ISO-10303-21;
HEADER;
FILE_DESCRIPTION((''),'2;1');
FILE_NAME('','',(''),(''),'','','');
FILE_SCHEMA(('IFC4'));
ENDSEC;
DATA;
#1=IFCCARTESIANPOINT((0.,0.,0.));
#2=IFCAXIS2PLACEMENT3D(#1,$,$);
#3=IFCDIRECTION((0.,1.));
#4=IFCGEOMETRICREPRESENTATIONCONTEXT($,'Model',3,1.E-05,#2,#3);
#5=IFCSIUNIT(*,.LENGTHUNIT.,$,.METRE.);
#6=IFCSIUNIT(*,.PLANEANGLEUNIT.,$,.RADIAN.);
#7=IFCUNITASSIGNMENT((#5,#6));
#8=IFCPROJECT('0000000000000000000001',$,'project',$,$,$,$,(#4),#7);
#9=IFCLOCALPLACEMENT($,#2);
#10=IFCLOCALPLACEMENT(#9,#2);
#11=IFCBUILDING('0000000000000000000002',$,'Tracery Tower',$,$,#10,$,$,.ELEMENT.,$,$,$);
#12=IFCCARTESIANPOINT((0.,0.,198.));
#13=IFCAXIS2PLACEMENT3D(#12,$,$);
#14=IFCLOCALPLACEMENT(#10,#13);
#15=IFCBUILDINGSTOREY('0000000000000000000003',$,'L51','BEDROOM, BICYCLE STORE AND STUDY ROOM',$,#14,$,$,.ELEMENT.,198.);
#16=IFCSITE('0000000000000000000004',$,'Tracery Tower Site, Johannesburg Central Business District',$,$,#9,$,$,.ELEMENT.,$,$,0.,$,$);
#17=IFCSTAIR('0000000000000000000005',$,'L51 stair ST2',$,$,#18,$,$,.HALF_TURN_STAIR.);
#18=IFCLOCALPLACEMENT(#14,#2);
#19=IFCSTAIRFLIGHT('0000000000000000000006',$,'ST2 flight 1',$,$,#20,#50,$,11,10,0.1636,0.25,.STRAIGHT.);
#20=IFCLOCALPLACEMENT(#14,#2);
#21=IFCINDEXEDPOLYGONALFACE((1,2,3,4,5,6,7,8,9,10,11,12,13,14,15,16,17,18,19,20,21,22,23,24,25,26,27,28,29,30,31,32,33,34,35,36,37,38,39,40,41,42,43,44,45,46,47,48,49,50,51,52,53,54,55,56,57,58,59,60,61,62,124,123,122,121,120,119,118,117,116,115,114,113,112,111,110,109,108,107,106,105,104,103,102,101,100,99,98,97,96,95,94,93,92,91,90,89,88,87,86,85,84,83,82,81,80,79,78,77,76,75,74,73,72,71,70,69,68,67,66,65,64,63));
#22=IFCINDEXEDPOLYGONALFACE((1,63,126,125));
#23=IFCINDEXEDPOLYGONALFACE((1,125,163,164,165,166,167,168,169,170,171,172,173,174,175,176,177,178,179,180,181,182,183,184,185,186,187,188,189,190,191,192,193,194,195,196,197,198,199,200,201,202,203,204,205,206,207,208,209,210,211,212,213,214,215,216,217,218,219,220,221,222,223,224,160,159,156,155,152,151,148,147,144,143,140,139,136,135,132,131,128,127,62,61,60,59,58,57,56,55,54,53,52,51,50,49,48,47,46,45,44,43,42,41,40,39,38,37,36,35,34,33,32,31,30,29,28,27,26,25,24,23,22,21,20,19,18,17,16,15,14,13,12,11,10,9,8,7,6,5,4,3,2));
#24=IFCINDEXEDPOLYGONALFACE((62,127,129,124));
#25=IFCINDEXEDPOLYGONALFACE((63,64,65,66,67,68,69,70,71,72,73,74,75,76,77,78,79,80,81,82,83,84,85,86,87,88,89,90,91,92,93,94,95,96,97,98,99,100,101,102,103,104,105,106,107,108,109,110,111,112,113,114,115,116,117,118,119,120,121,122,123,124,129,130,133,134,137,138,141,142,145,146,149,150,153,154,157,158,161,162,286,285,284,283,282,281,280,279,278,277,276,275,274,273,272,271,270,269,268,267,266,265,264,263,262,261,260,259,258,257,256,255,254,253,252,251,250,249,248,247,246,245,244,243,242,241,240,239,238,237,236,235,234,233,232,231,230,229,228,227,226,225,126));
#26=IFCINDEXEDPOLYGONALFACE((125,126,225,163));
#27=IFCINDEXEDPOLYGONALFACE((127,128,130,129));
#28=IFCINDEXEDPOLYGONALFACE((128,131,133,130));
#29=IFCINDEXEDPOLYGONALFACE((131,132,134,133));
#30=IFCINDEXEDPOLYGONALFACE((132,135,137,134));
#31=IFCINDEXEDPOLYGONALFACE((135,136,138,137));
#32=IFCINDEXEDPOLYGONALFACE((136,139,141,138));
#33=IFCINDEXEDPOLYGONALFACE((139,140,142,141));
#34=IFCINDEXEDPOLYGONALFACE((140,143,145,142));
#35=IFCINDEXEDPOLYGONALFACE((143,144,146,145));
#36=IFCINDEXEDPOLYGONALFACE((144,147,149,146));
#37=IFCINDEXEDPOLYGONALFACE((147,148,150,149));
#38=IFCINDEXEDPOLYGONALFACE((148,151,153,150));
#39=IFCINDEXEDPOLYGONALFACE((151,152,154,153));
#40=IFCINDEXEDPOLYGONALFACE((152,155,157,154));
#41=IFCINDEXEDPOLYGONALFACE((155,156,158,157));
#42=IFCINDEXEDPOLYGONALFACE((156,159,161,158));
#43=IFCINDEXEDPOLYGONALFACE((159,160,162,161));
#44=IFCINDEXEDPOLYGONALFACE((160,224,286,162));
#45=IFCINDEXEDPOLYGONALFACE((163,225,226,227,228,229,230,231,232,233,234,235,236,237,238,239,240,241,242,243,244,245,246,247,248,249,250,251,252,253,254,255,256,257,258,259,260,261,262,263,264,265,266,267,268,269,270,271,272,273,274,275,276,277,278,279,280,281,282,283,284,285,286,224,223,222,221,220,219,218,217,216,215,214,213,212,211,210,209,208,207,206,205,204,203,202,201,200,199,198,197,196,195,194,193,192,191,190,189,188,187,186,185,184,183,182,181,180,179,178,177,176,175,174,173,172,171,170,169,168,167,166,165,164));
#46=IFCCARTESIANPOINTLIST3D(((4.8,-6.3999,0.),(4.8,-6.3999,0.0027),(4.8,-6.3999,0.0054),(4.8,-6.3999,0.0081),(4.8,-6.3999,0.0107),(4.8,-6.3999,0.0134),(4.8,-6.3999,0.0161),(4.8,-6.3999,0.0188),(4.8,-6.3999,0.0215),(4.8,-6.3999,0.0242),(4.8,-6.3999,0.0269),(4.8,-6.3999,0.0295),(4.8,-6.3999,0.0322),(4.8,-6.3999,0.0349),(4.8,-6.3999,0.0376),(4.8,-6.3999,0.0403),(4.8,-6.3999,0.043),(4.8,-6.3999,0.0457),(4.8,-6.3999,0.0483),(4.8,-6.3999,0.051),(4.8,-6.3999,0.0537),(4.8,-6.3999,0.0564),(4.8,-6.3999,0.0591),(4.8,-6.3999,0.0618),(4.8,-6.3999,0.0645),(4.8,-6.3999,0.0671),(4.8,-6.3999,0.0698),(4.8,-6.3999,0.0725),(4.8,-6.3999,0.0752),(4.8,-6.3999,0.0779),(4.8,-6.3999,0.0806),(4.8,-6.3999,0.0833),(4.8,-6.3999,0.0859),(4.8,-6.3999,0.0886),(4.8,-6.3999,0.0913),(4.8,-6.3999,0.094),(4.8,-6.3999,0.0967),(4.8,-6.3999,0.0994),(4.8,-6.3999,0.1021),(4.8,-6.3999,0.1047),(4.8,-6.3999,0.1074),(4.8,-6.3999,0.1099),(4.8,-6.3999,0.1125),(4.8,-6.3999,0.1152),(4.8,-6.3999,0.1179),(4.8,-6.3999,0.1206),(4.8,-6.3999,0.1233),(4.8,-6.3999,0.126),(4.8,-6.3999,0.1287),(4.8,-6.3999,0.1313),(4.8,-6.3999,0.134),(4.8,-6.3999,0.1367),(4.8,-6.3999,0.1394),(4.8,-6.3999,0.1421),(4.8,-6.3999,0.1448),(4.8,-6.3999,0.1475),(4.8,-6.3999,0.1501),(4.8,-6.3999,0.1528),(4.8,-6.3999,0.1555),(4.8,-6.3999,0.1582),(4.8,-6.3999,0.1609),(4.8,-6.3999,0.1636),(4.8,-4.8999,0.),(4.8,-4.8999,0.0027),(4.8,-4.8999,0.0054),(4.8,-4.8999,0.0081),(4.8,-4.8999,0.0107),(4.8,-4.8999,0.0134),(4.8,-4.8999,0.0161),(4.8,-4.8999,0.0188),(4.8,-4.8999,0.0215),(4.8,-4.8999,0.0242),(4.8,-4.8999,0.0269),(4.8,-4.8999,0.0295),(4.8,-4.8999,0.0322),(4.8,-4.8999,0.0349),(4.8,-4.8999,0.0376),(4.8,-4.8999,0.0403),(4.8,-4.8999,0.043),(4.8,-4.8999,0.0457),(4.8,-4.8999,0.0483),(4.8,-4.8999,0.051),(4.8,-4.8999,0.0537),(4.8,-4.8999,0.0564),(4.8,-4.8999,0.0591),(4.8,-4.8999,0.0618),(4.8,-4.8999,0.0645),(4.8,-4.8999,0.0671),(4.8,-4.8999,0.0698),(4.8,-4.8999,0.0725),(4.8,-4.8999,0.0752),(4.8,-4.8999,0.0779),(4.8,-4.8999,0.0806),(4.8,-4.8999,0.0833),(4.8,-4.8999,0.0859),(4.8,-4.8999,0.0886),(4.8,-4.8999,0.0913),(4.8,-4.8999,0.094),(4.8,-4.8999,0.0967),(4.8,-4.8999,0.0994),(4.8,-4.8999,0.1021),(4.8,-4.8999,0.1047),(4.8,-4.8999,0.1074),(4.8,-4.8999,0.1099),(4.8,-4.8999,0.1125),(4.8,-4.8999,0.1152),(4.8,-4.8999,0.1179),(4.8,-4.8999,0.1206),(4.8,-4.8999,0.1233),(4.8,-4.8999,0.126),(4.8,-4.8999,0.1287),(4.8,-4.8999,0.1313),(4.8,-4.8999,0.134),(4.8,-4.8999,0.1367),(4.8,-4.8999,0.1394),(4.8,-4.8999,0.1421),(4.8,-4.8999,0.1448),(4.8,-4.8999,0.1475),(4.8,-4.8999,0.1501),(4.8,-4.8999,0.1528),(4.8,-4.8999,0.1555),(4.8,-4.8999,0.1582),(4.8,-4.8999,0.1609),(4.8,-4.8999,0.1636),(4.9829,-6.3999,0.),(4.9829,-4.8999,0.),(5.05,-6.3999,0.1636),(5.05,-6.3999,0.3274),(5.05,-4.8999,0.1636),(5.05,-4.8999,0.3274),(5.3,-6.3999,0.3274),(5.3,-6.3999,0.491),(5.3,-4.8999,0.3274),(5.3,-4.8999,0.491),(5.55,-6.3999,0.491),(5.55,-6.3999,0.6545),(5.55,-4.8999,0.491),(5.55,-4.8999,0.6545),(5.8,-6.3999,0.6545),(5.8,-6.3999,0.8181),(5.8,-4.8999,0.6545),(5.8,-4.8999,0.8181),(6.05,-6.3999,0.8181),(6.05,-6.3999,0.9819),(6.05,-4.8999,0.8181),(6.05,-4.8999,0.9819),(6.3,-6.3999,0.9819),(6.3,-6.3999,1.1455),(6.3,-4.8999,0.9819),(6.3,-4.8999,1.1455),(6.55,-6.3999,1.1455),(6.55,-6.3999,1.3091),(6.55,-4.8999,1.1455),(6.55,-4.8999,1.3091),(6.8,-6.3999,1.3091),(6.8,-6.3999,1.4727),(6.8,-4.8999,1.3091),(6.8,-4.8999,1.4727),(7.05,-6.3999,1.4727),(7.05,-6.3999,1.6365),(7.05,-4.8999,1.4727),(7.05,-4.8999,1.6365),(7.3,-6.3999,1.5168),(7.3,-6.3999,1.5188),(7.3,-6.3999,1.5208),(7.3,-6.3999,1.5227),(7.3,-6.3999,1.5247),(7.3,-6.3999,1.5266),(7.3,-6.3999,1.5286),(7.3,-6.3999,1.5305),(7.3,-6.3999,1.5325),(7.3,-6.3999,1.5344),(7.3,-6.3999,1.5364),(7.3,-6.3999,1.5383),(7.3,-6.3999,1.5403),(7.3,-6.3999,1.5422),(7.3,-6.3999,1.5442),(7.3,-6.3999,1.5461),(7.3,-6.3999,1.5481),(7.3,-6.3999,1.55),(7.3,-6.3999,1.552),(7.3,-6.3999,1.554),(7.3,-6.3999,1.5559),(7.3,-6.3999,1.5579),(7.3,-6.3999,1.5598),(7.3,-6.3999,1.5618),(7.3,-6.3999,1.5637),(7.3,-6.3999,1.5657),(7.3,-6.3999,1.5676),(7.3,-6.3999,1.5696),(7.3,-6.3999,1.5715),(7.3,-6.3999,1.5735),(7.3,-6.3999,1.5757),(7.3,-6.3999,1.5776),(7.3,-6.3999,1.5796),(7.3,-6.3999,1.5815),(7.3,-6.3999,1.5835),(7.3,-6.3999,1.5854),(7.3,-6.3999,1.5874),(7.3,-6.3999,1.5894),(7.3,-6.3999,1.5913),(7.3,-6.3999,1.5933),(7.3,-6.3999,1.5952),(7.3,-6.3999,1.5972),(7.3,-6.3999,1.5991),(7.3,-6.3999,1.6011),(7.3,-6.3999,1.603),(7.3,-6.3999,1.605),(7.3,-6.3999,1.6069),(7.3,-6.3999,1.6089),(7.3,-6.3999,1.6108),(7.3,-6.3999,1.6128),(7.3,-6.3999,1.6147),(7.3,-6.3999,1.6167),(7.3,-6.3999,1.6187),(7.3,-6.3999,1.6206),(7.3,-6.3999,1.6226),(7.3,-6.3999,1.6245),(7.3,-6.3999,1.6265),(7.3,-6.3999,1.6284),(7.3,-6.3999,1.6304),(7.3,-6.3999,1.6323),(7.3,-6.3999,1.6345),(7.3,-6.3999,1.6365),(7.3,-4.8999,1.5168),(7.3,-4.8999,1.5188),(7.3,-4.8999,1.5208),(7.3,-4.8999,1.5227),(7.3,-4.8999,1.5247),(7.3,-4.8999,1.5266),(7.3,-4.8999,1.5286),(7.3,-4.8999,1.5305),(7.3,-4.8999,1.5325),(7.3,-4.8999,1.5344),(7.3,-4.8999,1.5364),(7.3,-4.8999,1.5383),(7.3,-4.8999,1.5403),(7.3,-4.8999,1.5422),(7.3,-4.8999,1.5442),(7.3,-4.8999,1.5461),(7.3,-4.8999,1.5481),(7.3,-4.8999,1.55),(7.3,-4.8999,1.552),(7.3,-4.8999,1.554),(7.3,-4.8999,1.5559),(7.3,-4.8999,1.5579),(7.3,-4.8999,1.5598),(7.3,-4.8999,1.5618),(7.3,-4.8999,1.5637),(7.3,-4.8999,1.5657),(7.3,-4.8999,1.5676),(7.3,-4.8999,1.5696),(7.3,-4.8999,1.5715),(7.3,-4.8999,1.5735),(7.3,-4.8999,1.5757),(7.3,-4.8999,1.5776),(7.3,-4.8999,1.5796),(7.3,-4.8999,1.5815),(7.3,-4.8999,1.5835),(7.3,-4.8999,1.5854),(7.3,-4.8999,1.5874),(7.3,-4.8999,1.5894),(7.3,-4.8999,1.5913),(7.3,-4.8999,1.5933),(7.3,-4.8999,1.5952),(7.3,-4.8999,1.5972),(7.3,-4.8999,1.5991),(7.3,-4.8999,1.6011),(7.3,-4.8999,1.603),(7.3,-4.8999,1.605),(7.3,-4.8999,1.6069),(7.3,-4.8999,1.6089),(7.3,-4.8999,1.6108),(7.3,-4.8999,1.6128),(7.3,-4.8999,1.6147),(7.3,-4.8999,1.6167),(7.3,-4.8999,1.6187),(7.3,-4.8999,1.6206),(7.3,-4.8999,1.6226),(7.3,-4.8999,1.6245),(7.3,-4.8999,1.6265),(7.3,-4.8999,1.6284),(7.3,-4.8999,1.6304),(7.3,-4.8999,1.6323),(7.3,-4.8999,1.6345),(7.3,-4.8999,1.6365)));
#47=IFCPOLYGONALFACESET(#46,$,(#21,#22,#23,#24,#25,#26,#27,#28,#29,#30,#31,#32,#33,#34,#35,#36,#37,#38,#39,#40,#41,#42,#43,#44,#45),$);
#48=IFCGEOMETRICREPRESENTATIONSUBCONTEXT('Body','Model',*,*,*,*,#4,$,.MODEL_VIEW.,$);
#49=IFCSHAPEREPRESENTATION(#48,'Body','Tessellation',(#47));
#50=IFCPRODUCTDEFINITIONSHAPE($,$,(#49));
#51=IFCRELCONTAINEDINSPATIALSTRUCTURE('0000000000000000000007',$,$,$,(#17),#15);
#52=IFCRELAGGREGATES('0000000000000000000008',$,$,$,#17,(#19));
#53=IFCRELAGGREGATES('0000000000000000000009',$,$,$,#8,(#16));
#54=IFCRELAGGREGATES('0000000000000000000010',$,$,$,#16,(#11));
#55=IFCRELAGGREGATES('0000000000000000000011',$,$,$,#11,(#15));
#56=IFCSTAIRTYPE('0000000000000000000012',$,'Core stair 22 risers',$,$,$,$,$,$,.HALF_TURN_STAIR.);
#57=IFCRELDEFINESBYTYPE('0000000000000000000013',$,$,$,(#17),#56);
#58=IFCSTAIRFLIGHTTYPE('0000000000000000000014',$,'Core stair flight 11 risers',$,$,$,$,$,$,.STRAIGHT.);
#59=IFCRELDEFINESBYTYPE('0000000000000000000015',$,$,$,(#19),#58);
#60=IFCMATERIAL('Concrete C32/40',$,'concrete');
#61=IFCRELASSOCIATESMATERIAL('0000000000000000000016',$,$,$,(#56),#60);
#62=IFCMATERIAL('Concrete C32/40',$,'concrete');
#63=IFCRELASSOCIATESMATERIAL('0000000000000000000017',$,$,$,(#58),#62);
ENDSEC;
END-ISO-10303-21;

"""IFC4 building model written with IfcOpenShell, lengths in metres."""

from ifc_helpers import new_model, si_unit, direction, frame, origin, place, context, subcontext, project, spatial, polyline, outline, extrude, material, type_object, element, aggregate, save


model = new_model("IFC4")

# Units and contexts
model_context = context("Model", 3, precision=1e-05, world=origin(), true_north=direction((0.0, 1.0)))
body_context = subcontext(model_context, "Body", "Model", "MODEL_VIEW")
ifc_project = project(units=[si_unit("LENGTHUNIT", "METRE"), si_unit("PLANEANGLEUNIT", "RADIAN")], contexts=[model_context])

# Site, building, storey
site_placement = place(None, origin())
site = spatial("IfcSite", under=ifc_project, at=site_placement, Name="Tracery Tower Site, Johannesburg Central Business District", CompositionType="ELEMENT", RefElevation=0.0)
building_placement = place(site_placement, origin())
building = spatial("IfcBuilding", under=site, at=building_placement, Name="Tracery Tower", CompositionType="ELEMENT")
storey_placement = place(building_placement, frame((0.0, 0.0, 198.0)))
storey = spatial("IfcBuildingStorey", under=building, at=storey_placement, Name="L51", Description="BEDROOM, BICYCLE STORE AND STUDY ROOM", CompositionType="ELEMENT", Elevation=198.0)

# Stair, stair flight
ifc_material_1 = material(Name="Concrete C32/40", Category="concrete")
stair_type = type_object("IfcStairType", Name="Core stair 22 risers", PredefinedType="HALF_TURN_STAIR", material=ifc_material_1)
stair_placement = place(storey_placement, origin())
stair = element("IfcStair", 1, at=stair_placement, inside=storey, type_object=stair_type, Name="L51 stair ST2", PredefinedType="HALF_TURN_STAIR")
ifc_material_2 = material(Name="Concrete C32/40", Category="concrete")
stair_flight_type = type_object("IfcStairFlightType", Name="Core stair flight 11 risers", PredefinedType="STRAIGHT", material=ifc_material_2)
stair_flight_1_placement = place(storey_placement, frame((4.8, -5.6499, 0.0), z_axis=(0.0, 0.0, 1.0), x_axis=(1.0, 0.0, 0.0)))
stair_flight_1 = element("IfcStairFlight", 2, at=stair_flight_1_placement, type_object=stair_flight_type, Name="ST2 flight 1", NumberOfRisers=11, NumberOfTreads=10, PredefinedType="STRAIGHT", RiserHeight=0.1636, TreadLength=0.25, context=body_context, shape_type="SweptSolid", body=[
    extrude(outline(polyline([(0.0, 0.0), (0.0, 0.0027), (0.0, 0.0054), (0.0, 0.0081), (0.0, 0.0107), (0.0, 0.0134), (0.0, 0.0161), (0.0, 0.0188), (0.0, 0.0215), (0.0, 0.0242), (0.0, 0.0269), (0.0, 0.0295), (0.0, 0.0322), (0.0, 0.0349), (0.0, 0.0376), (0.0, 0.0403), (0.0, 0.043), (0.0, 0.0457), (0.0, 0.0483), (0.0, 0.051), (0.0, 0.0537), (0.0, 0.0564), (0.0, 0.0591), (0.0, 0.0618), (0.0, 0.0645), (0.0, 0.0671), (0.0, 0.0698), (0.0, 0.0725), (0.0, 0.0752), (0.0, 0.0779), (0.0, 0.0806), (0.0, 0.0833), (0.0, 0.0859), (0.0, 0.0886), (0.0, 0.0913), (0.0, 0.094), (0.0, 0.0967), (0.0, 0.0994), (0.0, 0.1021), (0.0, 0.1047), (0.0, 0.1074), (0.0, 0.1099), (0.0, 0.1125), (0.0, 0.1152), (0.0, 0.1179), (0.0, 0.1206), (0.0, 0.1233), (0.0, 0.126), (0.0, 0.1287), (0.0, 0.1313), (0.0, 0.134), (0.0, 0.1367), (0.0, 0.1394), (0.0, 0.1421), (0.0, 0.1448), (0.0, 0.1475), (0.0, 0.1501), (0.0, 0.1528), (0.0, 0.1555), (0.0, 0.1582), (0.0, 0.1609), (0.0, 0.1636), (0.25, 0.1636), (0.25, 0.3274), (0.5, 0.3274), (0.5, 0.491), (0.75, 0.491), (0.75, 0.6545), (1.0, 0.6545), (1.0, 0.8181), (1.25, 0.8181), (1.25, 0.9819), (1.5, 0.9819), (1.5, 1.1455), (1.75, 1.1455), (1.75, 1.3091), (2.0, 1.3091), (2.0, 1.4727), (2.25, 1.4727), (2.25, 1.6365), (2.5, 1.6365), (2.5, 1.6345), (2.5, 1.6323), (2.5, 1.6304), (2.5, 1.6284), (2.5, 1.6265), (2.5, 1.6245), (2.5, 1.6226), (2.5, 1.6206), (2.5, 1.6187), (2.5, 1.6167), (2.5, 1.6147), (2.5, 1.6128), (2.5, 1.6108), (2.5, 1.6089), (2.5, 1.6069), (2.5, 1.605), (2.5, 1.603), (2.5, 1.6011), (2.5, 1.5991), (2.5, 1.5972), (2.5, 1.5952), (2.5, 1.5933), (2.5, 1.5913), (2.5, 1.5894), (2.5, 1.5874), (2.5, 1.5854), (2.5, 1.5835), (2.5, 1.5815), (2.5, 1.5796), (2.5, 1.5776), (2.5, 1.5757), (2.5, 1.5735), (2.5, 1.5715), (2.5, 1.5696), (2.5, 1.5676), (2.5, 1.5657), (2.5, 1.5637), (2.5, 1.5618), (2.5, 1.5598), (2.5, 1.5579), (2.5, 1.5559), (2.5, 1.554), (2.5, 1.552), (2.5, 1.55), (2.5, 1.5481), (2.5, 1.5461), (2.5, 1.5442), (2.5, 1.5422), (2.5, 1.5403), (2.5, 1.5383), (2.5, 1.5364), (2.5, 1.5344), (2.5, 1.5325), (2.5, 1.5305), (2.5, 1.5286), (2.5, 1.5266), (2.5, 1.5247), (2.5, 1.5227), (2.5, 1.5208), (2.5, 1.5188), (2.5, 1.5168), (0.1829, 0.0), (0.0, 0.0)])), frame((0.0, 0.75, 0.0), z_axis=(0.0, -1.0, 0.0), x_axis=(1.0, 0.0, 0.0)), (0.0, 0.0, 1.0), 1.5),
])
aggregate(stair, [stair_flight_1])

save(model, "model.ifc")
